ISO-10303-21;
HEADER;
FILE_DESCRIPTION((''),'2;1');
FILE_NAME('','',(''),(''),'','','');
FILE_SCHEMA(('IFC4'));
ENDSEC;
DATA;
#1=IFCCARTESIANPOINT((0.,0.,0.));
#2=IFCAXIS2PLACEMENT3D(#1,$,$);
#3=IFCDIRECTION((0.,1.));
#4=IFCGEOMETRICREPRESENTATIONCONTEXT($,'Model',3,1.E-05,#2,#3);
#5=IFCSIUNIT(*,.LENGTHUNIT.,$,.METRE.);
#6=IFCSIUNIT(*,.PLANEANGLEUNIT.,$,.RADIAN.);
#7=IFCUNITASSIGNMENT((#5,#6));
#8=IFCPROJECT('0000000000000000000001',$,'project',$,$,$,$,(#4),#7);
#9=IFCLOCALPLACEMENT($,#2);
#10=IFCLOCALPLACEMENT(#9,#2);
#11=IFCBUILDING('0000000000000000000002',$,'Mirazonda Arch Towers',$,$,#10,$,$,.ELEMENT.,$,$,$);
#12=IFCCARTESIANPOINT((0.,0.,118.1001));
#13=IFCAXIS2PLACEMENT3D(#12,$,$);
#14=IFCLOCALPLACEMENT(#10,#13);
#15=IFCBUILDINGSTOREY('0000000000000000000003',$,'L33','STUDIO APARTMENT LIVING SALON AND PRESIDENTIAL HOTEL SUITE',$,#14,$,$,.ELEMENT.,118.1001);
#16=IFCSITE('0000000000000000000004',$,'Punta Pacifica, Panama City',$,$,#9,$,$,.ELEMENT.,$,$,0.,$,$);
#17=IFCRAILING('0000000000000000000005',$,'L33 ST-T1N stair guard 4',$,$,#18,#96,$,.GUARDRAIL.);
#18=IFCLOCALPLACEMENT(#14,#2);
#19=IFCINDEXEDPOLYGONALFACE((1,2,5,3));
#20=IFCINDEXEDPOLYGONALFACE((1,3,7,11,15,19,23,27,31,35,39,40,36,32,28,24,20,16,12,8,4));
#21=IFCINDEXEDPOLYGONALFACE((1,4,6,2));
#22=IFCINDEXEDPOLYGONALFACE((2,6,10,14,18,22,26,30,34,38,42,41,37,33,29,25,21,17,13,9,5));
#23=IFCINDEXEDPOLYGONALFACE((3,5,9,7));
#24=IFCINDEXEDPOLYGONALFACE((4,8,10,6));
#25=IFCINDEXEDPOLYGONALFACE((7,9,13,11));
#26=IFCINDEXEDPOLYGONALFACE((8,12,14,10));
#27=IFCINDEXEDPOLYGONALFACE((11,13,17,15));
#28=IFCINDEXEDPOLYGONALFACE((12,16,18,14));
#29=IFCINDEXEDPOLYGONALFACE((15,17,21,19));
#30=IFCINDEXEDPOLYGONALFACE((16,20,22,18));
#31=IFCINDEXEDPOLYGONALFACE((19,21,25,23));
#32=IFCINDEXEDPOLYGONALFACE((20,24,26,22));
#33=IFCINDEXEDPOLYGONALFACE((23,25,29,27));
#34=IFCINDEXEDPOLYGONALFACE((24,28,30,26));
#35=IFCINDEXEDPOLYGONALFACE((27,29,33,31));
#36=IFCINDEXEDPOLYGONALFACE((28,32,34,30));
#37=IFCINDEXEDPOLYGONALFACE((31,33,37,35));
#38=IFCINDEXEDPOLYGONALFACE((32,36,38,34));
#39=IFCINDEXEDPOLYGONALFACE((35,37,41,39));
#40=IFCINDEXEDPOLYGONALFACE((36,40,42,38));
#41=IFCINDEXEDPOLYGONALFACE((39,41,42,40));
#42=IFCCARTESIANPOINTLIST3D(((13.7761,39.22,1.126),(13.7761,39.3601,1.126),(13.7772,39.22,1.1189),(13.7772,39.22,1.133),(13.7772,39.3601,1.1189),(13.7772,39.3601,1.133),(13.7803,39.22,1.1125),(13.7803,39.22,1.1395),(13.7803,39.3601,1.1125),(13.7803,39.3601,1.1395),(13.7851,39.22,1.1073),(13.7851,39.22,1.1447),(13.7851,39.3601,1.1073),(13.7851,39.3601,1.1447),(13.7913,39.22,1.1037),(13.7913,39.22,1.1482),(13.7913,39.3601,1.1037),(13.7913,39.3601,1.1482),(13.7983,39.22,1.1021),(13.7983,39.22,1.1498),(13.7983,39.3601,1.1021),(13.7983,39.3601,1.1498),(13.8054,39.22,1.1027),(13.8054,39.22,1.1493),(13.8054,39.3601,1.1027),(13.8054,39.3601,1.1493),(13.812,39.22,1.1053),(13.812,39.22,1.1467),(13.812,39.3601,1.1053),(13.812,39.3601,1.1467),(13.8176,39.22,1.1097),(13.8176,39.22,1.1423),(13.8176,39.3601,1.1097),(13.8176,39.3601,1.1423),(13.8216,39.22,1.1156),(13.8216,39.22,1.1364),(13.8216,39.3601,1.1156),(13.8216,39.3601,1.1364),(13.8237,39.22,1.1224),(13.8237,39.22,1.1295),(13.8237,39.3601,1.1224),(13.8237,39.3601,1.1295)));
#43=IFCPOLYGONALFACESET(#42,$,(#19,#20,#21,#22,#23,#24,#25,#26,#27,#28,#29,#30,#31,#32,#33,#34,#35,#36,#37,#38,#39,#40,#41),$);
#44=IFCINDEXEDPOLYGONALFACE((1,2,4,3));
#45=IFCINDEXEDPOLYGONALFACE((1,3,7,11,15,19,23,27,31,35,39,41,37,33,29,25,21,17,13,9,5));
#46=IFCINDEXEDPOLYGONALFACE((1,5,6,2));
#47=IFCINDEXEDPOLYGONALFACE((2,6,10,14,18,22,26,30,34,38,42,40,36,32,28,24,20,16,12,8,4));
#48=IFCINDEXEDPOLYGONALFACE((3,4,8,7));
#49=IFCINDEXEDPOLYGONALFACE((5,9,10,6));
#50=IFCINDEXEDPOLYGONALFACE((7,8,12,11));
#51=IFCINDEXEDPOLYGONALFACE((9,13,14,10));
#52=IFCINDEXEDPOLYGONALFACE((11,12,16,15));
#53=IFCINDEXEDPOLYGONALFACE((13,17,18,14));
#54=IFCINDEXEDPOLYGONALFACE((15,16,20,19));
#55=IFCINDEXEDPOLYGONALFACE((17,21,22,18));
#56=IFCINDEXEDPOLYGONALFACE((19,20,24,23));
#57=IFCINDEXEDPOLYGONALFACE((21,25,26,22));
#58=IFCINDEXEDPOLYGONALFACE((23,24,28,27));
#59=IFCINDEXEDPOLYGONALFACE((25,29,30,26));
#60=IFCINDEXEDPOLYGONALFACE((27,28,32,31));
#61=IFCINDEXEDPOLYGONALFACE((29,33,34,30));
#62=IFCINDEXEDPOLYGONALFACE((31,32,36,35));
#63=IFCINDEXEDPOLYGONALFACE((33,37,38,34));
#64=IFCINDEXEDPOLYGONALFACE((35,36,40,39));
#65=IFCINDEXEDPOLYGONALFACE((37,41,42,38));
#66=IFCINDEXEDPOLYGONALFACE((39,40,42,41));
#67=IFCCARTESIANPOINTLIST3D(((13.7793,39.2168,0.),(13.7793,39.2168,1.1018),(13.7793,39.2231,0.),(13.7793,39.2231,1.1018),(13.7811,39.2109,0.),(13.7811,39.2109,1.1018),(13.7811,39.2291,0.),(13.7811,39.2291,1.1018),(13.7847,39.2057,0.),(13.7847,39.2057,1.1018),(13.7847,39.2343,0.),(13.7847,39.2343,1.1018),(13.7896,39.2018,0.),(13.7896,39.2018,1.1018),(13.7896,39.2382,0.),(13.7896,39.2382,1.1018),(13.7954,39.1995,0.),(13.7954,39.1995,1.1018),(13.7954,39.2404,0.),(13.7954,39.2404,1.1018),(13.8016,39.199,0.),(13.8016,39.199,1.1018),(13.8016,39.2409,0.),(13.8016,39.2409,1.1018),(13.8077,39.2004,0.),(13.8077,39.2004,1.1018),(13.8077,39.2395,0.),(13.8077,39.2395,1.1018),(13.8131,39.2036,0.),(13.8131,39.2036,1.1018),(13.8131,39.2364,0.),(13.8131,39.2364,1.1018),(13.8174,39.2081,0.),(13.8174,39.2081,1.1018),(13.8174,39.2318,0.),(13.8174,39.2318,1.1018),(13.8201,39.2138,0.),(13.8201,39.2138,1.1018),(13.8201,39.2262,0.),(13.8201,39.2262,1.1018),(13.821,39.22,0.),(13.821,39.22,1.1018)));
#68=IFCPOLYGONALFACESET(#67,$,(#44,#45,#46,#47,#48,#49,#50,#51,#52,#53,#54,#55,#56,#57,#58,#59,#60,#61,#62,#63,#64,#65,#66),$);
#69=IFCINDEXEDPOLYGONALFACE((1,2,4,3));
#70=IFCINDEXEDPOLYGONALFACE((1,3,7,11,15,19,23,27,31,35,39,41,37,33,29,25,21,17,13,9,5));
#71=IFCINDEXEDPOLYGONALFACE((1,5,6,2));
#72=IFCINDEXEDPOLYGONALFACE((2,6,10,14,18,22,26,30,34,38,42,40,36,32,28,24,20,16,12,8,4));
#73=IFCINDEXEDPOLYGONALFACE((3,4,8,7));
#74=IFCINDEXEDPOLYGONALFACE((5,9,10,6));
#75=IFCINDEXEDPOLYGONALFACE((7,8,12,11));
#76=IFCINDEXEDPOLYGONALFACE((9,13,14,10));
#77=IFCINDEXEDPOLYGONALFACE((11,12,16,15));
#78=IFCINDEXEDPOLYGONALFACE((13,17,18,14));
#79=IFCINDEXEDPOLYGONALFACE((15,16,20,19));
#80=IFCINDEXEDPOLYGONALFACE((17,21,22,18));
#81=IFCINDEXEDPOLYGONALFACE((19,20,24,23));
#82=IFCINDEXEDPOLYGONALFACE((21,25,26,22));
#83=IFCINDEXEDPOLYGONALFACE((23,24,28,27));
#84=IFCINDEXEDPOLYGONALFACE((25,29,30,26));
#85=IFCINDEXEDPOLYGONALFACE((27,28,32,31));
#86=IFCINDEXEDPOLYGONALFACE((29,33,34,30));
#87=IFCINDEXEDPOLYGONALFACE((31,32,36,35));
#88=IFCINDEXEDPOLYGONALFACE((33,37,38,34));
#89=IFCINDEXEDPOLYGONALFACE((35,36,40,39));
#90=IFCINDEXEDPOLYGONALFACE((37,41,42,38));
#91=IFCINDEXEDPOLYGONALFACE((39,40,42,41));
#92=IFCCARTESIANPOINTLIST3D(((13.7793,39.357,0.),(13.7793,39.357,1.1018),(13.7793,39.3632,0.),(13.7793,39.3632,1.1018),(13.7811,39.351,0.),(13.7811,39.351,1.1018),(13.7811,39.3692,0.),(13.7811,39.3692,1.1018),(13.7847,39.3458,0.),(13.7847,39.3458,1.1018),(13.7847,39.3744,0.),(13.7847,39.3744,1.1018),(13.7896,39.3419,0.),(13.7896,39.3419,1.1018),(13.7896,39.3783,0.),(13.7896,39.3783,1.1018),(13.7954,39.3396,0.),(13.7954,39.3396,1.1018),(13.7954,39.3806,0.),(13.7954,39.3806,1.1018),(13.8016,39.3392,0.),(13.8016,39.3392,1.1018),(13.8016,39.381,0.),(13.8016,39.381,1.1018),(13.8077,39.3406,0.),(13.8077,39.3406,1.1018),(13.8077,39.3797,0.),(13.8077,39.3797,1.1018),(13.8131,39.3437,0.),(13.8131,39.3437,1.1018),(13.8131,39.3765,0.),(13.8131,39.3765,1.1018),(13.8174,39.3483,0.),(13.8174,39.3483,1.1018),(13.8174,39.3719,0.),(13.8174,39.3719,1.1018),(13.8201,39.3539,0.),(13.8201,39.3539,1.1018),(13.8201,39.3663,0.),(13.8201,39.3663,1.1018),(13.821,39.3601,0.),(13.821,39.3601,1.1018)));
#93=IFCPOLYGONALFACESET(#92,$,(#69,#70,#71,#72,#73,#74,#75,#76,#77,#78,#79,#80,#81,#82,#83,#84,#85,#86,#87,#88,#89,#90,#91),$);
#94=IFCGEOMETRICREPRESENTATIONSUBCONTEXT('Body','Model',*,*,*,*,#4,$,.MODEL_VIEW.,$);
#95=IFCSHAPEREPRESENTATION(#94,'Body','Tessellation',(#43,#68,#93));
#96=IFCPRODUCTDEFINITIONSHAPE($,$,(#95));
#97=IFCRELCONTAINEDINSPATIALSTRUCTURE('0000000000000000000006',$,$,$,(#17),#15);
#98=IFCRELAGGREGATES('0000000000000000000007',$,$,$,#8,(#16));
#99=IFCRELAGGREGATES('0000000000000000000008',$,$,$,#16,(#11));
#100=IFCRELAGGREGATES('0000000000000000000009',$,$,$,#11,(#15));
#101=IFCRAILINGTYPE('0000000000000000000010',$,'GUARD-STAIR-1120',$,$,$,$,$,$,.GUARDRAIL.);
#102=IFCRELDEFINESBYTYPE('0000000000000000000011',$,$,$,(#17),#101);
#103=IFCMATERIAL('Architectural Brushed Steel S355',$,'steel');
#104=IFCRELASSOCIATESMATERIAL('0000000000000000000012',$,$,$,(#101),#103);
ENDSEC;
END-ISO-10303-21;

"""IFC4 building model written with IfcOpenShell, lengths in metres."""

from ifc_helpers import new_model, si_unit, direction, frame, origin, origin_2d, place, context, subcontext, project, spatial, circle, extrude, material, type_object, element, save


model = new_model("IFC4")

# Units and contexts
model_context = context("Model", 3, precision=1e-05, world=origin(), true_north=direction((0.0, 1.0)))
body_context = subcontext(model_context, "Body", "Model", "MODEL_VIEW")
ifc_project = project(units=[si_unit("LENGTHUNIT", "METRE"), si_unit("PLANEANGLEUNIT", "RADIAN")], contexts=[model_context])

# Site, building, storey
site_placement = place(None, origin())
site = spatial("IfcSite", under=ifc_project, at=site_placement, Name="Punta Pacifica, Panama City", CompositionType="ELEMENT", RefElevation=0.0)
building_placement = place(site_placement, origin())
building = spatial("IfcBuilding", under=site, at=building_placement, Name="Mirazonda Arch Towers", CompositionType="ELEMENT")
storey_placement = place(building_placement, frame((0.0, 0.0, 118.1001)))
storey = spatial("IfcBuildingStorey", under=building, at=storey_placement, Name="L33", Description="STUDIO APARTMENT LIVING SALON AND PRESIDENTIAL HOTEL SUITE", CompositionType="ELEMENT", Elevation=118.1001)

# Shared definitions
ifc_material_1 = material(Name="Architectural Brushed Steel S355", Category="steel")

# Railing
railing_type_1 = type_object("IfcRailingType", Name="GUARD-STAIR-1120", PredefinedType="GUARDRAIL", material=ifc_material_1)
railing_1_placement = place(storey_placement, frame((13.8, 39.22, 0.0)))
element("IfcRailing", 1, at=railing_1_placement, inside=storey, type_object=railing_type_1, Name="L33 ST-T1N stair guard 4", PredefinedType="GUARDRAIL", context=body_context, shape_type="SweptSolid", body=[
    extrude(circle(Radius=0.0239, at=origin_2d()), frame((0.0, 0.0, 1.126), z_axis=(0.0, 1.0, 0.0), x_axis=(-1.0, 0.0, 0.0)), (0.0, 0.0, 1.0), 0.1401),
    extrude(circle(Radius=0.021, at=origin_2d()), origin(), (0.0, 0.0, 1.0), 1.1018),
    extrude(circle(Radius=0.021, at=origin_2d()), frame((0.0, 0.1401, 0.0)), (0.0, 0.0, 1.0), 1.1018),
])

save(model, "model.ifc")
